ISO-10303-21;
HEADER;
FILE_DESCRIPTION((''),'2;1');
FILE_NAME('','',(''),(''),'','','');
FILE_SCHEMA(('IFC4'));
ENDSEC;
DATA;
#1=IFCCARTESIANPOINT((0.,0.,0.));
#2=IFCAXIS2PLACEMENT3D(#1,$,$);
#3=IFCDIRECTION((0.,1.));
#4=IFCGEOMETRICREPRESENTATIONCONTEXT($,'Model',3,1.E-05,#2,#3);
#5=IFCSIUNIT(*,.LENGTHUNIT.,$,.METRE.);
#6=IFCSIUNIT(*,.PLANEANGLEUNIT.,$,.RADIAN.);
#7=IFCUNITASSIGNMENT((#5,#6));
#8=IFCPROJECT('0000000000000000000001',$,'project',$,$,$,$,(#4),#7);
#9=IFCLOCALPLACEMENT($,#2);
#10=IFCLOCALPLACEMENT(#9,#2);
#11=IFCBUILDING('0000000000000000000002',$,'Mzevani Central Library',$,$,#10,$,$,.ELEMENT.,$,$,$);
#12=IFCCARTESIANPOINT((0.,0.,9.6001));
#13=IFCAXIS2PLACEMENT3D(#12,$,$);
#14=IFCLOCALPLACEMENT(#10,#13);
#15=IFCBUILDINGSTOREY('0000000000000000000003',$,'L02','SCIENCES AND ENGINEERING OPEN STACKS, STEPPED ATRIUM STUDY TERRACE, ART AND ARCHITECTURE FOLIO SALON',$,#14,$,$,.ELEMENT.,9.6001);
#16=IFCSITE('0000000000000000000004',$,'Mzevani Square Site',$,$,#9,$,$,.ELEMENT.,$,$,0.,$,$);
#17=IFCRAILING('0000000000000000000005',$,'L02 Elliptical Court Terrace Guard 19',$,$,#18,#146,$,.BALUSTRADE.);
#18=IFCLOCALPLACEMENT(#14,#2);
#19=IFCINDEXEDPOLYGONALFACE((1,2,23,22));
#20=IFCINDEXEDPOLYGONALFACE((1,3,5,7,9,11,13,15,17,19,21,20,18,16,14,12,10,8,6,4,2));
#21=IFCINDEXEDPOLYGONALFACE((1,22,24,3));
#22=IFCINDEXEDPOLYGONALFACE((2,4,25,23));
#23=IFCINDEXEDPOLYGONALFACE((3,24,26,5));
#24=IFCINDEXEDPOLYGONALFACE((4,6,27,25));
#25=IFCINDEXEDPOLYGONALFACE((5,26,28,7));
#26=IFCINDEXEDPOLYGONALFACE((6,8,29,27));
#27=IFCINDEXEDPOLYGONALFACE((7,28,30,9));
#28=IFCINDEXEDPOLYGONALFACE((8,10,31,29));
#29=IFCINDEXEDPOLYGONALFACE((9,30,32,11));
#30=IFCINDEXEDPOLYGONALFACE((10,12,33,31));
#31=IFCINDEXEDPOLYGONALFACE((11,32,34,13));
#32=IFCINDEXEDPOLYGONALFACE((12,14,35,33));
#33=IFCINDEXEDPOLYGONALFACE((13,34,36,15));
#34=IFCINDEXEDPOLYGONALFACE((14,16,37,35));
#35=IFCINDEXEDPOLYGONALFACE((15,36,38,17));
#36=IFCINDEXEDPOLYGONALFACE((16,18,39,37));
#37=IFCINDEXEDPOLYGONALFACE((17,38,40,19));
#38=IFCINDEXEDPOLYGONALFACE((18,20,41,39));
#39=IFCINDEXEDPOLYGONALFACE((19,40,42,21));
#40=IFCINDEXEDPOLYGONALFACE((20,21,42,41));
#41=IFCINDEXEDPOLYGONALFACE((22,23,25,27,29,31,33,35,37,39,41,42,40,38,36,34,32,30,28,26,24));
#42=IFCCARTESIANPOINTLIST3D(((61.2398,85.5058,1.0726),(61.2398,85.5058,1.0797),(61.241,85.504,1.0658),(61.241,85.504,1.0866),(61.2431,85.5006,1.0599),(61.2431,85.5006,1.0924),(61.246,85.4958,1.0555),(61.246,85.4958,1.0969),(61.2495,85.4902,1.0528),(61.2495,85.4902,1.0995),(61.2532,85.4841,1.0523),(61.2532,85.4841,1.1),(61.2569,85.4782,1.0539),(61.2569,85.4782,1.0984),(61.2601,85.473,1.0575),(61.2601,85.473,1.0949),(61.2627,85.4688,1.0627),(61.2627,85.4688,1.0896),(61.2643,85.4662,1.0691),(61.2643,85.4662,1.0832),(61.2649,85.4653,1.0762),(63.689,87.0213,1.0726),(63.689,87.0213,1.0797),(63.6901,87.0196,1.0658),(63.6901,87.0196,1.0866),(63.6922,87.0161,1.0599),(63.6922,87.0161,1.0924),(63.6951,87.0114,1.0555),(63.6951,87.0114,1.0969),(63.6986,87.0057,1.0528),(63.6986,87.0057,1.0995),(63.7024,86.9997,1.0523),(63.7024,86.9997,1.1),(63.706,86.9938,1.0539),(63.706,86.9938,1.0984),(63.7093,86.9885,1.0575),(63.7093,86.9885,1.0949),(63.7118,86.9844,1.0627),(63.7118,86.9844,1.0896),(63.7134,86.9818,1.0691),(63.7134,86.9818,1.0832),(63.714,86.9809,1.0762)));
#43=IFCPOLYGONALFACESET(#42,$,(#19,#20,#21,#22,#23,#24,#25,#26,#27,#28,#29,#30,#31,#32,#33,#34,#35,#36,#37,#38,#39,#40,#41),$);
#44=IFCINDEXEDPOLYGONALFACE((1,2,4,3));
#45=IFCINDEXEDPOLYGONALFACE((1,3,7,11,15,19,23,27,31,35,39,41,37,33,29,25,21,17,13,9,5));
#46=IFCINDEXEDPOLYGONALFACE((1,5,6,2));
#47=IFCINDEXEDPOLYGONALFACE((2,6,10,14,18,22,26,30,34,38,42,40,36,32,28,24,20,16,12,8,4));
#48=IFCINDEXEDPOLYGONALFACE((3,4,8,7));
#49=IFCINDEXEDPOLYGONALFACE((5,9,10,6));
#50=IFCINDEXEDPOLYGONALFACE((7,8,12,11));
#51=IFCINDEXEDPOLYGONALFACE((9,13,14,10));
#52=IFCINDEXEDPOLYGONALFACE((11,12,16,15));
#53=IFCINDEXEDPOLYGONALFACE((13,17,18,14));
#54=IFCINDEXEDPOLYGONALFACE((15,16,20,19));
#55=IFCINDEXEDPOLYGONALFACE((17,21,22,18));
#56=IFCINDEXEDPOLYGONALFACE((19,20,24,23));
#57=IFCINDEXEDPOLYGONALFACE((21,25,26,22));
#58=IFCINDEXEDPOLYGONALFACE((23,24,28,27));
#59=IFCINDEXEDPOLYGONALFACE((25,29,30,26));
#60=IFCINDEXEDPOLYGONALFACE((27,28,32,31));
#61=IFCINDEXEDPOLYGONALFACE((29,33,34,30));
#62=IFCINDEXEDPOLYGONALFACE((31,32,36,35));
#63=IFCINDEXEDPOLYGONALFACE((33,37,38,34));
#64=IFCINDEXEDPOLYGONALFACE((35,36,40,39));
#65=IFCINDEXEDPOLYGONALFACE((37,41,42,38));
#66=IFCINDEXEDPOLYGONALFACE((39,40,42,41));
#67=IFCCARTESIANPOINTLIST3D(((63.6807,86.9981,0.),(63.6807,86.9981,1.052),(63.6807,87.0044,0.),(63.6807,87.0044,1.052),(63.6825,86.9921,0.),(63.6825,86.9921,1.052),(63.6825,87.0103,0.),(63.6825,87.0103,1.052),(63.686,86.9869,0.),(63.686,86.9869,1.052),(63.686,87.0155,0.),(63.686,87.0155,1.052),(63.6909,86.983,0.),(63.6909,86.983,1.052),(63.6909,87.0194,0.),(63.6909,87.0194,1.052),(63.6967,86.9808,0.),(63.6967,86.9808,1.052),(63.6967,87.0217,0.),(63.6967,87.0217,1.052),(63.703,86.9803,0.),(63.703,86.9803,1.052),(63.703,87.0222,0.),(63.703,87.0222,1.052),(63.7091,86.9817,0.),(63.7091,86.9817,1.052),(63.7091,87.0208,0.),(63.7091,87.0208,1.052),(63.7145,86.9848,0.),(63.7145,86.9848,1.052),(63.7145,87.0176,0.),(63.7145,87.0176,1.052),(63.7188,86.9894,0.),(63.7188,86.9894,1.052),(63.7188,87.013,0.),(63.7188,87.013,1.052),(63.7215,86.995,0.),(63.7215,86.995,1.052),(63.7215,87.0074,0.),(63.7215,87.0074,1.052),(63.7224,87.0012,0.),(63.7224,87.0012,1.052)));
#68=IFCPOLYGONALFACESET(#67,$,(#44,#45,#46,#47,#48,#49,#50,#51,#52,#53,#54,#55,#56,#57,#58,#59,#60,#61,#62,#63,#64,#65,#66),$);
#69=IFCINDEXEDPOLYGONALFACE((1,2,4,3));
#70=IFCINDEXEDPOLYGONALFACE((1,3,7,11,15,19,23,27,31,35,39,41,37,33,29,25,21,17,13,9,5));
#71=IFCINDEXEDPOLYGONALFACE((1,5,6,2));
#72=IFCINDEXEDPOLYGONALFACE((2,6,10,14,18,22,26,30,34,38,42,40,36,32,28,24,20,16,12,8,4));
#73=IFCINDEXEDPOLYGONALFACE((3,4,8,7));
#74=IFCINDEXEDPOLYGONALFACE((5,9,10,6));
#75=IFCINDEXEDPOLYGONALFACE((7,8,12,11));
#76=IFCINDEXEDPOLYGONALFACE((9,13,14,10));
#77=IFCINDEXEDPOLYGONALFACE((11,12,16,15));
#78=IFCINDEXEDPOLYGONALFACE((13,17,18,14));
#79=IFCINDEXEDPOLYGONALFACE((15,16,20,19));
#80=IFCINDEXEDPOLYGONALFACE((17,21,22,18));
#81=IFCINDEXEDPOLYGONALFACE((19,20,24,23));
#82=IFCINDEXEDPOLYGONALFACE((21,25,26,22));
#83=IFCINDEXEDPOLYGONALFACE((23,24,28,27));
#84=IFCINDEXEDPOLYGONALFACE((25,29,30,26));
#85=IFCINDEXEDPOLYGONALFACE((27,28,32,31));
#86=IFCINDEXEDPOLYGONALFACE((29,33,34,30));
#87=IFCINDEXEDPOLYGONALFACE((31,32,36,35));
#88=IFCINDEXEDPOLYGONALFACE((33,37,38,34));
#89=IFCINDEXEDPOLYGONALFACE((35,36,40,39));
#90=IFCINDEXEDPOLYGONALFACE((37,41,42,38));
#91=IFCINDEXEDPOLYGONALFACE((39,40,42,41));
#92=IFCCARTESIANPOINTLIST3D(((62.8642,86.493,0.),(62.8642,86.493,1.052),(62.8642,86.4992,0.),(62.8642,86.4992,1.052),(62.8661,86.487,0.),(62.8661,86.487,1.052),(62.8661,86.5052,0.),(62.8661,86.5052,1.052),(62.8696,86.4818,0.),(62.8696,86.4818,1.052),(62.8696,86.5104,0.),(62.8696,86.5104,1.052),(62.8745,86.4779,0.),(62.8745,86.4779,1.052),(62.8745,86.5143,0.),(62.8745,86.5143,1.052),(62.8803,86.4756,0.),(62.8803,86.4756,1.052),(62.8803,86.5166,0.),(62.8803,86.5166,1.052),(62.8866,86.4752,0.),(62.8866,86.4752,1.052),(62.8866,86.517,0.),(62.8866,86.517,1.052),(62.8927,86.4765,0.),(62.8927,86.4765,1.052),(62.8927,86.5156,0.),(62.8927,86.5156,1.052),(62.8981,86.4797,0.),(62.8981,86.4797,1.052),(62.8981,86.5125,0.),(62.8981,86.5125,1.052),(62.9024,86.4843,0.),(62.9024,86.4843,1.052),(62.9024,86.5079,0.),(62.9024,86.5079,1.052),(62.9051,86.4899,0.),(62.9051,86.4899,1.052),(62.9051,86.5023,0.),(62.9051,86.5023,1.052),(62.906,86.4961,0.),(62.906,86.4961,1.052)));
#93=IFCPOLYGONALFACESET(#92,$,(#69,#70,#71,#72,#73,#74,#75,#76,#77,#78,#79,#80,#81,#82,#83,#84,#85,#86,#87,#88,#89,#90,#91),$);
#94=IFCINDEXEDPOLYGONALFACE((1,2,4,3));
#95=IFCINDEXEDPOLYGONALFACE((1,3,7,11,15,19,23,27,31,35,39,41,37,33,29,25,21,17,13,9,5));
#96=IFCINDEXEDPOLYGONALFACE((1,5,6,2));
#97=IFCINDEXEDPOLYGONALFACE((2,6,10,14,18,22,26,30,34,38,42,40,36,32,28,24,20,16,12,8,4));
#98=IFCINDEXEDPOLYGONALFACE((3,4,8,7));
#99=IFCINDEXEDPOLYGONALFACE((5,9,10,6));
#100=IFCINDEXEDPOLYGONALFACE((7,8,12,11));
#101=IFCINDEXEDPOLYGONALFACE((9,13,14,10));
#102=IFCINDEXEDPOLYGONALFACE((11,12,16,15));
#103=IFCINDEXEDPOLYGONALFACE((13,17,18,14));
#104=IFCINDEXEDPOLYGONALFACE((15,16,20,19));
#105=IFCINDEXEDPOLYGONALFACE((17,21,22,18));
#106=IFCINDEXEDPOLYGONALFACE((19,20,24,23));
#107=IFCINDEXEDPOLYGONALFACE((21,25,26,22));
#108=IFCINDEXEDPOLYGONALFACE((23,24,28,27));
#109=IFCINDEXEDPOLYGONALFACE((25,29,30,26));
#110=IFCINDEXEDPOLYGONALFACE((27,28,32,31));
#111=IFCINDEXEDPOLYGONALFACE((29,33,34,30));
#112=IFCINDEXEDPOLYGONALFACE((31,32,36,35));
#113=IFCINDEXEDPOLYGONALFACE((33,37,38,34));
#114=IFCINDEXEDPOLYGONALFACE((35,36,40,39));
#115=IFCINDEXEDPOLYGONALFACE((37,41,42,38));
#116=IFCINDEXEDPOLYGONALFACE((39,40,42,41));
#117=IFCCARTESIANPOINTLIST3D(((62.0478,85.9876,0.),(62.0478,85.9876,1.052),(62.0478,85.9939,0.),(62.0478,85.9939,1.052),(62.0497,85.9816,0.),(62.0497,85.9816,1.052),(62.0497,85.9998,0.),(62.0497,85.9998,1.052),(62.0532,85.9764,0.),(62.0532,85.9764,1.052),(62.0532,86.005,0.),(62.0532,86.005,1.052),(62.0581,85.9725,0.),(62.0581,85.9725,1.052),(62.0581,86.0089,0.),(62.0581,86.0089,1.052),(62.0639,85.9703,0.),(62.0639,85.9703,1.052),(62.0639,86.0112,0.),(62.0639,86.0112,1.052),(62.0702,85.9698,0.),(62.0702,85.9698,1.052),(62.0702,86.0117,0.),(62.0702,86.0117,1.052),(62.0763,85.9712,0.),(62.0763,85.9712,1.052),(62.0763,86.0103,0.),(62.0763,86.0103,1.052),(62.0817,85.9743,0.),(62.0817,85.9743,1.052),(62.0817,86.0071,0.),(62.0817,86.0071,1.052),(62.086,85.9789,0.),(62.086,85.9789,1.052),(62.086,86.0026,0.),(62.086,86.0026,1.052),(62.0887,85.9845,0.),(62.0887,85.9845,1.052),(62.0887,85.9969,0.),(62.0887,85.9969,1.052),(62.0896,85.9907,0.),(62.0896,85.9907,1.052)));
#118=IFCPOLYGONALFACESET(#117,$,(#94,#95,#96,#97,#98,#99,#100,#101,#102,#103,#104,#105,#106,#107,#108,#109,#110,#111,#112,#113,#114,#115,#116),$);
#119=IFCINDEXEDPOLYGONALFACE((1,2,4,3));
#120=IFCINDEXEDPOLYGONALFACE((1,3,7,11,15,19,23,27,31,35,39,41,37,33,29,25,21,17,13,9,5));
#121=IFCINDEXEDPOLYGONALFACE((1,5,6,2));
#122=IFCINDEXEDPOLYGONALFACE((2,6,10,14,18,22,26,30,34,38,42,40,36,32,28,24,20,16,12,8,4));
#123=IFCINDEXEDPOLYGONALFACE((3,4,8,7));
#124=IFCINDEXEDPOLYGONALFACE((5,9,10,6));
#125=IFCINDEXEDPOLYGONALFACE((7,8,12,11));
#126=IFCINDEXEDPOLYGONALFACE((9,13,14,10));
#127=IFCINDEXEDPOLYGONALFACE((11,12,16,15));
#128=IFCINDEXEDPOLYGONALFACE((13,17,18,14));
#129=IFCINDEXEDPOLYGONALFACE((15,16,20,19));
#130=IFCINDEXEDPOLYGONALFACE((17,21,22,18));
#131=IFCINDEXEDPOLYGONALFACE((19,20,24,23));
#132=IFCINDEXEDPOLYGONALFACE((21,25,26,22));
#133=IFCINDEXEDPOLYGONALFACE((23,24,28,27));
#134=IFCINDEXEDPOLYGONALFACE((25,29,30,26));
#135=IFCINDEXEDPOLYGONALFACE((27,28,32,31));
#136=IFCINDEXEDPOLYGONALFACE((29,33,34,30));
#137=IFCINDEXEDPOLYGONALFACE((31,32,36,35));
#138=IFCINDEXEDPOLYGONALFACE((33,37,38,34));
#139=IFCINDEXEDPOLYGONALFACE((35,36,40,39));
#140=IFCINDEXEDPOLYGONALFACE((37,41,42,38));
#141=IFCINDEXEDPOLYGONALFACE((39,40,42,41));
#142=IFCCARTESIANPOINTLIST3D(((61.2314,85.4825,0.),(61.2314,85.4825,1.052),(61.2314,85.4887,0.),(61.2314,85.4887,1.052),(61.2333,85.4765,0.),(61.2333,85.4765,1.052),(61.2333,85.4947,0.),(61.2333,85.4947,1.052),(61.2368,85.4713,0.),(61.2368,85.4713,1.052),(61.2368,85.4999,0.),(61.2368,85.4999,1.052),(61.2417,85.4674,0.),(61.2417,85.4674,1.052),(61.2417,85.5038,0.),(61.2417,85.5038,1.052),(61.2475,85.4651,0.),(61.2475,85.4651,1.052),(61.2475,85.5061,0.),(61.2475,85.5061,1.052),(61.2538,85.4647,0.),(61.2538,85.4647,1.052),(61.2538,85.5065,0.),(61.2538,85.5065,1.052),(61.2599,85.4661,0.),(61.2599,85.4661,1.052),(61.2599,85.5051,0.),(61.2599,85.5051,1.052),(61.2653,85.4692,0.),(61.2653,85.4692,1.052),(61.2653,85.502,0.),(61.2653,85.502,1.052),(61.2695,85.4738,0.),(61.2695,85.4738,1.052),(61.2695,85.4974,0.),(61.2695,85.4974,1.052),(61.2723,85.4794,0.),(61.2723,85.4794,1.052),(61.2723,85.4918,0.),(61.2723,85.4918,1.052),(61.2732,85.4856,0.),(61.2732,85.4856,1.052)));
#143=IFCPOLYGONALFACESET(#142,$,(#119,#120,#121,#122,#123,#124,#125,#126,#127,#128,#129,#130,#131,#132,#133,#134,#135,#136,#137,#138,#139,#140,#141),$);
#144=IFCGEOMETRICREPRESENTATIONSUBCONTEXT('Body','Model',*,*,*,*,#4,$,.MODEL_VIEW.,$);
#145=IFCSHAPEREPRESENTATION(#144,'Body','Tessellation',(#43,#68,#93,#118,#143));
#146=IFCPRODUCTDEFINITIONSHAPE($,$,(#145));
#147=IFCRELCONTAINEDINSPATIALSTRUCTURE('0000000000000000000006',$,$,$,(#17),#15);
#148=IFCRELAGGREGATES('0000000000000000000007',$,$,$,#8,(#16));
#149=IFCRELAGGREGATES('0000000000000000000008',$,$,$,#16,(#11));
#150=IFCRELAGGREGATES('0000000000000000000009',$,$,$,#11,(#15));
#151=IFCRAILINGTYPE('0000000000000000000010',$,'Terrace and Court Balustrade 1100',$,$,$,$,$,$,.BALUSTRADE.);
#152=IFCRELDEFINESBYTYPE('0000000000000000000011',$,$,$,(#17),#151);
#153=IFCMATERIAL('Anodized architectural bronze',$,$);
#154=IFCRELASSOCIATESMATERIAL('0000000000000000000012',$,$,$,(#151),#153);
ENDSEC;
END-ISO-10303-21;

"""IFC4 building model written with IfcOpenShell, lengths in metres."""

from ifc_helpers import new_model, si_unit, direction, frame, origin, origin_2d, place, context, subcontext, project, spatial, circle, extrude, material, type_object, element, save


model = new_model("IFC4")

# Units and contexts
model_context = context("Model", 3, precision=1e-05, world=origin(), true_north=direction((0.0, 1.0)))
body_context = subcontext(model_context, "Body", "Model", "MODEL_VIEW")
ifc_project = project(units=[si_unit("LENGTHUNIT", "METRE"), si_unit("PLANEANGLEUNIT", "RADIAN")], contexts=[model_context])

# Site, building, storey
site_placement = place(None, origin())
site = spatial("IfcSite", under=ifc_project, at=site_placement, Name="Mzevani Square Site", CompositionType="ELEMENT", RefElevation=0.0)
building_placement = place(site_placement, origin())
building = spatial("IfcBuilding", under=site, at=building_placement, Name="Mzevani Central Library", CompositionType="ELEMENT")
storey_placement = place(building_placement, frame((0.0, 0.0, 9.6001)))
storey = spatial("IfcBuildingStorey", under=building, at=storey_placement, Name="L02", Description="SCIENCES AND ENGINEERING OPEN STACKS, STEPPED ATRIUM STUDY TERRACE, ART AND ARCHITECTURE FOLIO SALON", CompositionType="ELEMENT", Elevation=9.6001)

# Railing
ifc_material_1 = material(Name="Anodized architectural bronze")
railing_type = type_object("IfcRailingType", Name="Terrace and Court Balustrade 1100", PredefinedType="BALUSTRADE", material=ifc_material_1)
railing_1_placement = place(storey_placement, frame((63.7014, 87.0012, 0.0)))
element("IfcRailing", 1, at=railing_1_placement, inside=storey, type_object=railing_type, Name="L02 Elliptical Court Terrace Guard 19", PredefinedType="BALUSTRADE", context=body_context, shape_type="SweptSolid", body=[
    extrude(circle(Radius=0.0239, at=origin_2d()), frame((0.0, 0.0, 1.0762), z_axis=(-0.850352, -0.526215, 0.0), x_axis=(0.526215, -0.850352, 0.0)), (0.0, 0.0, 1.0), 2.8801),
    extrude(circle(Radius=0.021, at=origin_2d()), origin(), (0.0, 0.0, 1.0), 1.052),
    extrude(circle(Radius=0.021, at=origin_2d()), frame((-0.8164, -0.5051, 0.0)), (0.0, 0.0, 1.0), 1.052),
    extrude(circle(Radius=0.021, at=origin_2d()), frame((-1.6328, -1.0105, 0.0)), (0.0, 0.0, 1.0), 1.052),
    extrude(circle(Radius=0.021, at=origin_2d()), frame((-2.4492, -1.5156, 0.0)), (0.0, 0.0, 1.0), 1.052),
])

save(model, "model.ifc")
